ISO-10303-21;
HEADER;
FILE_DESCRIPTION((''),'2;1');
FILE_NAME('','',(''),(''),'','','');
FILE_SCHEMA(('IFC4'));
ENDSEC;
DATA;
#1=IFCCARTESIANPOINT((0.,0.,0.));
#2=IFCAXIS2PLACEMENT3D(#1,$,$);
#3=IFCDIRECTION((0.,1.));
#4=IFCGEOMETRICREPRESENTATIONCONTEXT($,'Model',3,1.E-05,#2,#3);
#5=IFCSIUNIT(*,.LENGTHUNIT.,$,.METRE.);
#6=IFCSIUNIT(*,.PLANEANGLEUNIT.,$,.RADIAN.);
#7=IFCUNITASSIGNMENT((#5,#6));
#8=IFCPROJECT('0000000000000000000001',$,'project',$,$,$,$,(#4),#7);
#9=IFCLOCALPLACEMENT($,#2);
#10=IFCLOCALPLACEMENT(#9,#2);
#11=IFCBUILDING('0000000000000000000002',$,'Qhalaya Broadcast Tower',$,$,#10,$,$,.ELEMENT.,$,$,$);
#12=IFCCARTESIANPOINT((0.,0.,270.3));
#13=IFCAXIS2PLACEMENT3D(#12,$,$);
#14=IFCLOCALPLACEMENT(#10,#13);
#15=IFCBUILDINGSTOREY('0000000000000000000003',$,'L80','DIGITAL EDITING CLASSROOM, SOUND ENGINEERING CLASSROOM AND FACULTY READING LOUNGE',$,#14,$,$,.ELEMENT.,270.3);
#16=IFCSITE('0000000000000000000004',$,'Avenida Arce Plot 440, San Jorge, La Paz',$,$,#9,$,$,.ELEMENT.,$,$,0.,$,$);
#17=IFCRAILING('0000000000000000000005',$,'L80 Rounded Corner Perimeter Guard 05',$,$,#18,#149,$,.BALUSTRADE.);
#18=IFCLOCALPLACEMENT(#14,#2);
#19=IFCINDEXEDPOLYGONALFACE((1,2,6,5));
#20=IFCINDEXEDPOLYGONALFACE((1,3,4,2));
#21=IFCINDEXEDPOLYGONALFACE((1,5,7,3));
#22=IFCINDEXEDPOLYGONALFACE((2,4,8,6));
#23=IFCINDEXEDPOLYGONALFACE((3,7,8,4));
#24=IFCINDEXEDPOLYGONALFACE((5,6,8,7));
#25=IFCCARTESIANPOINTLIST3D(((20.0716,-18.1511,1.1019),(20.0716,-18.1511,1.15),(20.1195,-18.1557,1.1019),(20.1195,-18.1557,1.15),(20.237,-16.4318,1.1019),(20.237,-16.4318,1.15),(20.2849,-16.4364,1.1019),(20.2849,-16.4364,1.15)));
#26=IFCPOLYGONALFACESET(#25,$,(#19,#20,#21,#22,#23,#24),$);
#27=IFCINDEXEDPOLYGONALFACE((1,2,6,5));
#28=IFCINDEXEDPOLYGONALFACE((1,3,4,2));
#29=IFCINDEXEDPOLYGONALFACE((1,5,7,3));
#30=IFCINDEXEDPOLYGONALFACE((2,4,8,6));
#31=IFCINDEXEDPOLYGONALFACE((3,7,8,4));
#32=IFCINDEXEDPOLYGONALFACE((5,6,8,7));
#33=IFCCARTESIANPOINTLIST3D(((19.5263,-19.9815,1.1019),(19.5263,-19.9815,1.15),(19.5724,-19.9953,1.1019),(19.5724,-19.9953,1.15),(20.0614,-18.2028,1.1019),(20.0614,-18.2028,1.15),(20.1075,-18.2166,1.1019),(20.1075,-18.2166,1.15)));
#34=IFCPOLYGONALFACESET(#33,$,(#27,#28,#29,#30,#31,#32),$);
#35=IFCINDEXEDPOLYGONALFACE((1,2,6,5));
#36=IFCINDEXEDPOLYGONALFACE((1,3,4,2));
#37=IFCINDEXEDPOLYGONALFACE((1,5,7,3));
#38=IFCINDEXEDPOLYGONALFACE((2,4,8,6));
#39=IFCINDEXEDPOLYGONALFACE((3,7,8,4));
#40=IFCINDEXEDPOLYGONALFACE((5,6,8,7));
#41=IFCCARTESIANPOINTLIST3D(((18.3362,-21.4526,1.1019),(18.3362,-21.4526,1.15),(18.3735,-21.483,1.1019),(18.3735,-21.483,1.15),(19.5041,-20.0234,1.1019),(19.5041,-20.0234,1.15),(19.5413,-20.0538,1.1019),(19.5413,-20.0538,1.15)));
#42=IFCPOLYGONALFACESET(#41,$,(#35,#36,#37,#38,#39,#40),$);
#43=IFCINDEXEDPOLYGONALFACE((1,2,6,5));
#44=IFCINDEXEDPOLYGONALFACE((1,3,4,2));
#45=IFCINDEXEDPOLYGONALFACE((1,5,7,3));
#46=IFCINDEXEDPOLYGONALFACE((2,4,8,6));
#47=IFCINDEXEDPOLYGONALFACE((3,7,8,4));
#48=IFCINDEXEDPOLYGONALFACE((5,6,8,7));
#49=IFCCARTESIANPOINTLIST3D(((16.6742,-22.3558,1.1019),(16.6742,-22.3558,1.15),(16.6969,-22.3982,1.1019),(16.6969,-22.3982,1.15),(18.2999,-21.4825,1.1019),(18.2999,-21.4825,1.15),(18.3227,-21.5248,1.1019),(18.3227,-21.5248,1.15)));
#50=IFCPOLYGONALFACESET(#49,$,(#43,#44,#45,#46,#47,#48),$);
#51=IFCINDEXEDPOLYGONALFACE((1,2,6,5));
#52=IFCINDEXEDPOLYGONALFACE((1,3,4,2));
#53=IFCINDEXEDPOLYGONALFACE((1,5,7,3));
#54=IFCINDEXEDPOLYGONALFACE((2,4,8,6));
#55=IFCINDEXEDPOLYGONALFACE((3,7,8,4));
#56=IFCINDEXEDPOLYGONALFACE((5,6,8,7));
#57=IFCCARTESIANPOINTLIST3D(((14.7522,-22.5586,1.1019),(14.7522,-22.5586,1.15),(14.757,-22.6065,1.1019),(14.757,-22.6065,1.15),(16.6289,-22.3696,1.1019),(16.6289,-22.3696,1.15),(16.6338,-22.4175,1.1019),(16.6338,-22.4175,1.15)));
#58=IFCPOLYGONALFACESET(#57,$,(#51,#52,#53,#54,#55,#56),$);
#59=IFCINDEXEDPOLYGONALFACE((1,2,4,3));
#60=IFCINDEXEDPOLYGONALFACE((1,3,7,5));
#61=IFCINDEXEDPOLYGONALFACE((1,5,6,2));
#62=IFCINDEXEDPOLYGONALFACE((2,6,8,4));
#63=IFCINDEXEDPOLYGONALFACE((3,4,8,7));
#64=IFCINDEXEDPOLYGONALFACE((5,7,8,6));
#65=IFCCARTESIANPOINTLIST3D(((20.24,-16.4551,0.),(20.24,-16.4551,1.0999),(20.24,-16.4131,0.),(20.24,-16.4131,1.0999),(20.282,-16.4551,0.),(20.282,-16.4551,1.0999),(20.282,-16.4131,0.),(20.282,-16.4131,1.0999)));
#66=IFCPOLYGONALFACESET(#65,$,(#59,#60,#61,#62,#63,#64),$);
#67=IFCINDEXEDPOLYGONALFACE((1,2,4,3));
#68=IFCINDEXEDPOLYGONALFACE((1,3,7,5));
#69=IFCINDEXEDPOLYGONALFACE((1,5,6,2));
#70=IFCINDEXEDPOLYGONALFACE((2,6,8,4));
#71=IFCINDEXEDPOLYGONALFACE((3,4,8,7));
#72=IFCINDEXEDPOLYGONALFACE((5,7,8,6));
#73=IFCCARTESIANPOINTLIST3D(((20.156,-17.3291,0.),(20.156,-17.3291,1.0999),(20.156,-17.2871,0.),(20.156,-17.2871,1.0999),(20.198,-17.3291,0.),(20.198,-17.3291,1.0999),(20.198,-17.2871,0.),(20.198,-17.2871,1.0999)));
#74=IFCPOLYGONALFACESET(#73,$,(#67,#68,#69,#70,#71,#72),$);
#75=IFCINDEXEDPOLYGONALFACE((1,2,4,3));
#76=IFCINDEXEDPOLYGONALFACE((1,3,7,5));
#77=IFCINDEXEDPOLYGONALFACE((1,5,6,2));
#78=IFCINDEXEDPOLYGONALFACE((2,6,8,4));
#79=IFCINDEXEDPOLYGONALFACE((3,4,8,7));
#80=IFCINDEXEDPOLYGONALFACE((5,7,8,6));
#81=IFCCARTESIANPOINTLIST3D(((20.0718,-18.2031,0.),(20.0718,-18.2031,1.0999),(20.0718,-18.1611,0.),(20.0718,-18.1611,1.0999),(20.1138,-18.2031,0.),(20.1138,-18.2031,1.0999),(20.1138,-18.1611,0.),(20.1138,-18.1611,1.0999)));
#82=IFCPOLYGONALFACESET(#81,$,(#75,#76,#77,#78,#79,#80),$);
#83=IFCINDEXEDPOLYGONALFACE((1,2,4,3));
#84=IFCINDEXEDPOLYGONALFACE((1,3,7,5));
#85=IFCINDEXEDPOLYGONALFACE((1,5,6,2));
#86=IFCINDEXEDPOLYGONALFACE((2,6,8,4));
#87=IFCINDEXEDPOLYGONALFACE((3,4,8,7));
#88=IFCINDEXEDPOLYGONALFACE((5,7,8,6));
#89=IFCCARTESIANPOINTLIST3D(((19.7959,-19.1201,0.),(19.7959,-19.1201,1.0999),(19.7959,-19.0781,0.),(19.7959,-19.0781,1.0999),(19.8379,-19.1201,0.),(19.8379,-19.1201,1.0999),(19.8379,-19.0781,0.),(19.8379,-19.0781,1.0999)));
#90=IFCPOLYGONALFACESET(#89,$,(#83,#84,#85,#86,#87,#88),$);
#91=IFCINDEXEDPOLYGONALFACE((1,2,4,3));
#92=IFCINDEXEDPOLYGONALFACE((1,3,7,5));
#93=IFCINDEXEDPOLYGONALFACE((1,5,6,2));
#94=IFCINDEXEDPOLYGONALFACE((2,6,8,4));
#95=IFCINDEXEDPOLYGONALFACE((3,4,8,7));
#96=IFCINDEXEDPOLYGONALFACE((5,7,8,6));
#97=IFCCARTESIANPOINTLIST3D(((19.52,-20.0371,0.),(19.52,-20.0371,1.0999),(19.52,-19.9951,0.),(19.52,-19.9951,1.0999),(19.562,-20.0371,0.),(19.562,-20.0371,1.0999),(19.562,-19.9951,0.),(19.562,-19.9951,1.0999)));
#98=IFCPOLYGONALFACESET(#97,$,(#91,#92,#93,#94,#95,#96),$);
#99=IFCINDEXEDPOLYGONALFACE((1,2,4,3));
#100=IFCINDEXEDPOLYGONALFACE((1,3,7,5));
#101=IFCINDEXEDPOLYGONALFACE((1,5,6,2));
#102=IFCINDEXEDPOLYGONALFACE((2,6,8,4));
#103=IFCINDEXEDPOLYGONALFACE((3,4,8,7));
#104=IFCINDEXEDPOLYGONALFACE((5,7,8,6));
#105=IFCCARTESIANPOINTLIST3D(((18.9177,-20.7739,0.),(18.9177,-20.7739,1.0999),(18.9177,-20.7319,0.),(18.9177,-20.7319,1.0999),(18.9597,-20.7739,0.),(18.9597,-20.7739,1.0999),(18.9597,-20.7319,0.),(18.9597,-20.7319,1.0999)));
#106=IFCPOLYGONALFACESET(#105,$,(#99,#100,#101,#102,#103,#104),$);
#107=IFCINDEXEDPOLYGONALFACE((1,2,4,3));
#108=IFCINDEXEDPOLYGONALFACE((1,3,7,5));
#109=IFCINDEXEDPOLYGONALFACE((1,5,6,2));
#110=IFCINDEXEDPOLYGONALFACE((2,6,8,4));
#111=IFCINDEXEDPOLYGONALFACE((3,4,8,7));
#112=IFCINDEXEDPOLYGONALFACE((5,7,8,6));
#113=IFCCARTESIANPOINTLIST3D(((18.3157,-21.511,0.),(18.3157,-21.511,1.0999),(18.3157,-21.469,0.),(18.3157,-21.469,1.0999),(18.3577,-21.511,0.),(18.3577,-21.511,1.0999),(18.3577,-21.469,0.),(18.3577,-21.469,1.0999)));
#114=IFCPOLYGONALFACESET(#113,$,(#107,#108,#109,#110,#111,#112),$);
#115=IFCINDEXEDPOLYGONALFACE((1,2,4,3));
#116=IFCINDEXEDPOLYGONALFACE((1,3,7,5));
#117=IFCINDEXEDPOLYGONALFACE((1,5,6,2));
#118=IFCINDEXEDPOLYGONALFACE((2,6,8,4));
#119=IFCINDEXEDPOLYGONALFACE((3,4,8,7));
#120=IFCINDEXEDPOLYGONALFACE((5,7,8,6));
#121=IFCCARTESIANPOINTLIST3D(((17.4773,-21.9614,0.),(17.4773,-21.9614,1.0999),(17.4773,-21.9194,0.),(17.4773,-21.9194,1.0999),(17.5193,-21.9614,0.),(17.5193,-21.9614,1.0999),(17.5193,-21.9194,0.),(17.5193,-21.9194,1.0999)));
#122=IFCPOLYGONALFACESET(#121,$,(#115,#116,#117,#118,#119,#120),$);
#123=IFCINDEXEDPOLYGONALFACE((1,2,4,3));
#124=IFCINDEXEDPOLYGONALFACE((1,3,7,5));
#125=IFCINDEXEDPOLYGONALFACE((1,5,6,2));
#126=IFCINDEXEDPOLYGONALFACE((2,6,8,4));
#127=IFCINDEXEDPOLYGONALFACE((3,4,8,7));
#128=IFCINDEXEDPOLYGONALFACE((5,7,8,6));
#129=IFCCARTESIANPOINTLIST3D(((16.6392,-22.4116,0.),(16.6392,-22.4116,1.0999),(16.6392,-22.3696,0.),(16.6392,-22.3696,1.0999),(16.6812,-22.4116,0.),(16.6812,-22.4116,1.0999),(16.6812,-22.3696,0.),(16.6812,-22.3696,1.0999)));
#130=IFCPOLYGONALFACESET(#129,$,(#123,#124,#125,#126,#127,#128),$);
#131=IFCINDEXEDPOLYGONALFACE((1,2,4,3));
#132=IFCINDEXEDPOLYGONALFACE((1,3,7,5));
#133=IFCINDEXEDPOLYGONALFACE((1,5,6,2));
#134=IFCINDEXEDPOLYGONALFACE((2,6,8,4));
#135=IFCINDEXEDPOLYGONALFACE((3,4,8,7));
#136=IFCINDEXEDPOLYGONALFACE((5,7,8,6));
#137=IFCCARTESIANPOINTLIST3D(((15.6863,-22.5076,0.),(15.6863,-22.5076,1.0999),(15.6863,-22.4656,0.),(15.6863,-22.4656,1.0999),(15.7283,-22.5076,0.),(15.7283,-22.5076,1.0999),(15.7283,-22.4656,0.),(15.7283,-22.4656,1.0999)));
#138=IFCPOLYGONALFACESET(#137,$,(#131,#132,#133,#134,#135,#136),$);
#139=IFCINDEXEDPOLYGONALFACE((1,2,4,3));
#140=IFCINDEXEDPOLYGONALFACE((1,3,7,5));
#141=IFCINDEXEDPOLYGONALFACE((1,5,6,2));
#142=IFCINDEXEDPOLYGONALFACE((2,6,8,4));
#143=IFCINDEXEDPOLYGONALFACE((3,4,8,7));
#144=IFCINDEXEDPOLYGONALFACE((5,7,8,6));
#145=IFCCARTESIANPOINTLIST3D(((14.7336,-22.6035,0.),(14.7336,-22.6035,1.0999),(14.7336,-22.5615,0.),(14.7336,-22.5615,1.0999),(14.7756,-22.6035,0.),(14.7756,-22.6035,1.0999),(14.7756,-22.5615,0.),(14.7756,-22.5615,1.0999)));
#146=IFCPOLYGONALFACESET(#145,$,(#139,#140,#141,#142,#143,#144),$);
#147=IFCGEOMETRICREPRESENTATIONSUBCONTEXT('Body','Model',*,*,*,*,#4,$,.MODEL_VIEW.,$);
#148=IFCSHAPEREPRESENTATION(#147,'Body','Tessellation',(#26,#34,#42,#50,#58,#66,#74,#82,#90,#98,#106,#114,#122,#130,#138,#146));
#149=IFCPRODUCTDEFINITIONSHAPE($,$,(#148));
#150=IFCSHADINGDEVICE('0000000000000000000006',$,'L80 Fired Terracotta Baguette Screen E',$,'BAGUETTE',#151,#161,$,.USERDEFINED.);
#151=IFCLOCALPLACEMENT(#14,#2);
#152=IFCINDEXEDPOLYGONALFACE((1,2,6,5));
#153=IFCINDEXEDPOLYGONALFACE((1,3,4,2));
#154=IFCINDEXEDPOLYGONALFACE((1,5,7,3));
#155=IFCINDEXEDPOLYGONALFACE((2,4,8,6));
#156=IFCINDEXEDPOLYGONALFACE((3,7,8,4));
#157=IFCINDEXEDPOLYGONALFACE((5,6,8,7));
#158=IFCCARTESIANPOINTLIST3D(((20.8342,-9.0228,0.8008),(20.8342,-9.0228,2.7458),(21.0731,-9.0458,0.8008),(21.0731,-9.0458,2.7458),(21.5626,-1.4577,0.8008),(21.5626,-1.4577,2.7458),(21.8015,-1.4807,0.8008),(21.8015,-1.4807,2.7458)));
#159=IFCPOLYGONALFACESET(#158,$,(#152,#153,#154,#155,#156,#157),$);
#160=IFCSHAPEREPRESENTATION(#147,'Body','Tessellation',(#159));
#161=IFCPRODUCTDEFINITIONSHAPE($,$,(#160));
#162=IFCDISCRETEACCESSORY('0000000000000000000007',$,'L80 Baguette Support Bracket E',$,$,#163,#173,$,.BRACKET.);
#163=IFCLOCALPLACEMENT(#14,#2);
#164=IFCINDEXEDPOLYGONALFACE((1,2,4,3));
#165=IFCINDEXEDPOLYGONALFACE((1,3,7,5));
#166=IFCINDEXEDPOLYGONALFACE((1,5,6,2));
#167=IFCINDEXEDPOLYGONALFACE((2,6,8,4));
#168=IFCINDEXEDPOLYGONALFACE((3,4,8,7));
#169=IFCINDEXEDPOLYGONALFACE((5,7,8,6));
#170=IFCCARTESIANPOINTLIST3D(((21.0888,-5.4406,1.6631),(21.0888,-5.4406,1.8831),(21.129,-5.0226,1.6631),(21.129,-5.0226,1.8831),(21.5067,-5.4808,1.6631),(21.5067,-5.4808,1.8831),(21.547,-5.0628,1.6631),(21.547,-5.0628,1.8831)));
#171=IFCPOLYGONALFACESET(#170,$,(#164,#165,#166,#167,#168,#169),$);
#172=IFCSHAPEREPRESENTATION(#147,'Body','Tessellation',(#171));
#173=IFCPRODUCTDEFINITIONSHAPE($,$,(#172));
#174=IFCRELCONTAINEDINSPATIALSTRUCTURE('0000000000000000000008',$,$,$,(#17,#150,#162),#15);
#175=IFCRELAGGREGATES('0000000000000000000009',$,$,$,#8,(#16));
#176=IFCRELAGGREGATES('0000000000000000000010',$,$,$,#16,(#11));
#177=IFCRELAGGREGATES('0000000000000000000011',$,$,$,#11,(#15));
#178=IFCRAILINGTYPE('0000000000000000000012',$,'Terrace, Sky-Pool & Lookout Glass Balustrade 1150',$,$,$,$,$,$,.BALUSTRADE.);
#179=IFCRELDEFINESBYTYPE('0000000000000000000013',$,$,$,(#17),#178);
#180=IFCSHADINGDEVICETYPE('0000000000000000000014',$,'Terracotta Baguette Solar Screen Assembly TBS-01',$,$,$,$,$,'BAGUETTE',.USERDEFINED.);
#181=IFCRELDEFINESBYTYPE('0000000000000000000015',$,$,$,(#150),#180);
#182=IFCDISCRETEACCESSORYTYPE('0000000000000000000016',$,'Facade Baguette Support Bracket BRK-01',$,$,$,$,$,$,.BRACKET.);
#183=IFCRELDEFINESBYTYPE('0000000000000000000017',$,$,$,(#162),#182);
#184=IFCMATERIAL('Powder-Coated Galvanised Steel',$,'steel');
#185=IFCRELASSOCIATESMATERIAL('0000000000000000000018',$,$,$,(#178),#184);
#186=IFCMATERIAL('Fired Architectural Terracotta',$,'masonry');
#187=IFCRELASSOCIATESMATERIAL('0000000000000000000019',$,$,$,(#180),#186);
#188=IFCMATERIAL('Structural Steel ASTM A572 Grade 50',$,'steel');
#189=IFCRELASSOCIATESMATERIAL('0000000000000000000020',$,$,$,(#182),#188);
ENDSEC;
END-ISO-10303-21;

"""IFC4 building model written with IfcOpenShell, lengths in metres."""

from ifc_helpers import new_model, si_unit, direction, frame, origin, origin_2d, place, context, subcontext, project, spatial, rectangle, extrude, material, type_object, element, save


model = new_model("IFC4")

# Units and contexts
model_context = context("Model", 3, precision=1e-05, world=origin(), true_north=direction((0.0, 1.0)))
body_context = subcontext(model_context, "Body", "Model", "MODEL_VIEW")
ifc_project = project(units=[si_unit("LENGTHUNIT", "METRE"), si_unit("PLANEANGLEUNIT", "RADIAN")], contexts=[model_context])

# Site, building, storey
site_placement = place(None, origin())
site = spatial("IfcSite", under=ifc_project, at=site_placement, Name="Avenida Arce Plot 440, San Jorge, La Paz", CompositionType="ELEMENT", RefElevation=0.0)
building_placement = place(site_placement, origin())
building = spatial("IfcBuilding", under=site, at=building_placement, Name="Qhalaya Broadcast Tower", CompositionType="ELEMENT")
storey_placement = place(building_placement, frame((0.0, 0.0, 270.3)))
storey = spatial("IfcBuildingStorey", under=building, at=storey_placement, Name="L80", Description="DIGITAL EDITING CLASSROOM, SOUND ENGINEERING CLASSROOM AND FACULTY READING LOUNGE", CompositionType="ELEMENT", Elevation=270.3)

# Shared definitions
ifc_material_1 = material(Name="Structural Steel ASTM A572 Grade 50", Category="steel")

# Shared definitions
ifc_material_2 = material(Name="Fired Architectural Terracotta", Category="masonry")

# Railing
ifc_material_3 = material(Name="Powder-Coated Galvanised Steel", Category="steel")
railing_type = type_object("IfcRailingType", Name="Terrace, Sky-Pool & Lookout Glass Balustrade 1150", PredefinedType="BALUSTRADE", material=ifc_material_3)
railing_1_placement = place(storey_placement, frame((20.261, -16.4341, 0.0)))
element("IfcRailing", 1, at=railing_1_placement, inside=storey, type_object=railing_type, Name="L80 Rounded Corner Perimeter Guard 05", PredefinedType="BALUSTRADE", context=body_context, shape_type="SweptSolid", body=[
    extrude(rectangle(XDim=0.0481, YDim=0.0481, at=origin_2d()), frame((0.0, 0.0, 1.126), z_axis=(-0.095787, -0.995402, 0.0), x_axis=(0.995402, -0.095787, 0.0)), (0.0, 0.0, 1.0), 1.7273),
    extrude(rectangle(XDim=0.0481, YDim=0.0481, at=origin_2d()), frame((-0.1765, -1.7756, 1.126), z_axis=(-0.288096, -0.957601, 0.0), x_axis=(0.957601, -0.288096, 0.0)), (0.0, 0.0, 1.0), 1.8574),
    extrude(rectangle(XDim=0.0481, YDim=0.0481, at=origin_2d()), frame((-0.7383, -3.6045, 1.126), z_axis=(-0.632749, -0.774357, 0.0), x_axis=(0.774357, -0.632749, 0.0)), (0.0, 0.0, 1.0), 1.8457),
    extrude(rectangle(XDim=0.0481, YDim=0.0481, at=origin_2d()), frame((-1.9497, -5.0696, 1.126), z_axis=(-0.880932, -0.473243, 0.0), x_axis=(0.473243, -0.880932, 0.0)), (0.0, 0.0, 1.0), 1.8455),
    extrude(rectangle(XDim=0.0481, YDim=0.0481, at=origin_2d()), frame((-3.6296, -5.9595, 1.126), z_axis=(-0.994968, -0.100198, 0.0), x_axis=(0.100198, -0.994968, 0.0)), (0.0, 0.0, 1.0), 1.8862),
    extrude(rectangle(XDim=0.042, YDim=0.042, at=origin_2d()), origin(), (0.0, 0.0, 1.0), 1.0999),
    extrude(rectangle(XDim=0.042, YDim=0.042, at=origin_2d()), frame((-0.084, -0.874, 0.0)), (0.0, 0.0, 1.0), 1.0999),
    extrude(rectangle(XDim=0.042, YDim=0.042, at=origin_2d()), frame((-0.1682, -1.748, 0.0)), (0.0, 0.0, 1.0), 1.0999),
    extrude(rectangle(XDim=0.042, YDim=0.042, at=origin_2d()), frame((-0.4441, -2.665, 0.0)), (0.0, 0.0, 1.0), 1.0999),
    extrude(rectangle(XDim=0.042, YDim=0.042, at=origin_2d()), frame((-0.72, -3.582, 0.0)), (0.0, 0.0, 1.0), 1.0999),
    extrude(rectangle(XDim=0.042, YDim=0.042, at=origin_2d()), frame((-1.3223, -4.3188, 0.0)), (0.0, 0.0, 1.0), 1.0999),
    extrude(rectangle(XDim=0.042, YDim=0.042, at=origin_2d()), frame((-1.9243, -5.0559, 0.0)), (0.0, 0.0, 1.0), 1.0999),
    extrude(rectangle(XDim=0.042, YDim=0.042, at=origin_2d()), frame((-2.7627, -5.5063, 0.0)), (0.0, 0.0, 1.0), 1.0999),
    extrude(rectangle(XDim=0.042, YDim=0.042, at=origin_2d()), frame((-3.6008, -5.9565, 0.0)), (0.0, 0.0, 1.0), 1.0999),
    extrude(rectangle(XDim=0.042, YDim=0.042, at=origin_2d()), frame((-4.5537, -6.0525, 0.0)), (0.0, 0.0, 1.0), 1.0999),
    extrude(rectangle(XDim=0.042, YDim=0.042, at=origin_2d()), frame((-5.5063, -6.1484, 0.0)), (0.0, 0.0, 1.0), 1.0999),
])

# Shading device
shading_device_type = type_object("IfcShadingDeviceType", Name="Terracotta Baguette Solar Screen Assembly TBS-01", ElementType="BAGUETTE", PredefinedType="USERDEFINED", material=ifc_material_2)
shading_device_placement = place(storey_placement, frame((21.3179, -5.2517, 0.8008), z_axis=(0.0, 0.0, 1.0), x_axis=(0.095846, 0.995396, 0.0)))
element("IfcShadingDevice", 2, at=shading_device_placement, inside=storey, type_object=shading_device_type, Name="L80 Fired Terracotta Baguette Screen E", ObjectType="BAGUETTE", PredefinedType="USERDEFINED", context=body_context, shape_type="SweptSolid", body=[
    extrude(rectangle(XDim=7.6001, YDim=0.24, at=origin_2d()), origin(), (0.0, 0.0, 1.0), 1.9451),
])

# Discrete accessory
discrete_accessory_type = type_object("IfcDiscreteAccessoryType", Name="Facade Baguette Support Bracket BRK-01", PredefinedType="BRACKET", material=ifc_material_1)
discrete_accessory_placement = place(storey_placement, frame((21.3179, -5.2517, 1.6631), z_axis=(0.0, 0.0, 1.0), x_axis=(0.095846, 0.995396, 0.0)))
element("IfcDiscreteAccessory", 3, at=discrete_accessory_placement, inside=storey, type_object=discrete_accessory_type, Name="L80 Baguette Support Bracket E", PredefinedType="BRACKET", context=body_context, shape_type="SweptSolid", body=[
    extrude(rectangle(XDim=0.4199, YDim=0.4199, at=origin_2d()), origin(), (0.0, 0.0, 1.0), 0.22),
])

save(model, "model.ifc")
